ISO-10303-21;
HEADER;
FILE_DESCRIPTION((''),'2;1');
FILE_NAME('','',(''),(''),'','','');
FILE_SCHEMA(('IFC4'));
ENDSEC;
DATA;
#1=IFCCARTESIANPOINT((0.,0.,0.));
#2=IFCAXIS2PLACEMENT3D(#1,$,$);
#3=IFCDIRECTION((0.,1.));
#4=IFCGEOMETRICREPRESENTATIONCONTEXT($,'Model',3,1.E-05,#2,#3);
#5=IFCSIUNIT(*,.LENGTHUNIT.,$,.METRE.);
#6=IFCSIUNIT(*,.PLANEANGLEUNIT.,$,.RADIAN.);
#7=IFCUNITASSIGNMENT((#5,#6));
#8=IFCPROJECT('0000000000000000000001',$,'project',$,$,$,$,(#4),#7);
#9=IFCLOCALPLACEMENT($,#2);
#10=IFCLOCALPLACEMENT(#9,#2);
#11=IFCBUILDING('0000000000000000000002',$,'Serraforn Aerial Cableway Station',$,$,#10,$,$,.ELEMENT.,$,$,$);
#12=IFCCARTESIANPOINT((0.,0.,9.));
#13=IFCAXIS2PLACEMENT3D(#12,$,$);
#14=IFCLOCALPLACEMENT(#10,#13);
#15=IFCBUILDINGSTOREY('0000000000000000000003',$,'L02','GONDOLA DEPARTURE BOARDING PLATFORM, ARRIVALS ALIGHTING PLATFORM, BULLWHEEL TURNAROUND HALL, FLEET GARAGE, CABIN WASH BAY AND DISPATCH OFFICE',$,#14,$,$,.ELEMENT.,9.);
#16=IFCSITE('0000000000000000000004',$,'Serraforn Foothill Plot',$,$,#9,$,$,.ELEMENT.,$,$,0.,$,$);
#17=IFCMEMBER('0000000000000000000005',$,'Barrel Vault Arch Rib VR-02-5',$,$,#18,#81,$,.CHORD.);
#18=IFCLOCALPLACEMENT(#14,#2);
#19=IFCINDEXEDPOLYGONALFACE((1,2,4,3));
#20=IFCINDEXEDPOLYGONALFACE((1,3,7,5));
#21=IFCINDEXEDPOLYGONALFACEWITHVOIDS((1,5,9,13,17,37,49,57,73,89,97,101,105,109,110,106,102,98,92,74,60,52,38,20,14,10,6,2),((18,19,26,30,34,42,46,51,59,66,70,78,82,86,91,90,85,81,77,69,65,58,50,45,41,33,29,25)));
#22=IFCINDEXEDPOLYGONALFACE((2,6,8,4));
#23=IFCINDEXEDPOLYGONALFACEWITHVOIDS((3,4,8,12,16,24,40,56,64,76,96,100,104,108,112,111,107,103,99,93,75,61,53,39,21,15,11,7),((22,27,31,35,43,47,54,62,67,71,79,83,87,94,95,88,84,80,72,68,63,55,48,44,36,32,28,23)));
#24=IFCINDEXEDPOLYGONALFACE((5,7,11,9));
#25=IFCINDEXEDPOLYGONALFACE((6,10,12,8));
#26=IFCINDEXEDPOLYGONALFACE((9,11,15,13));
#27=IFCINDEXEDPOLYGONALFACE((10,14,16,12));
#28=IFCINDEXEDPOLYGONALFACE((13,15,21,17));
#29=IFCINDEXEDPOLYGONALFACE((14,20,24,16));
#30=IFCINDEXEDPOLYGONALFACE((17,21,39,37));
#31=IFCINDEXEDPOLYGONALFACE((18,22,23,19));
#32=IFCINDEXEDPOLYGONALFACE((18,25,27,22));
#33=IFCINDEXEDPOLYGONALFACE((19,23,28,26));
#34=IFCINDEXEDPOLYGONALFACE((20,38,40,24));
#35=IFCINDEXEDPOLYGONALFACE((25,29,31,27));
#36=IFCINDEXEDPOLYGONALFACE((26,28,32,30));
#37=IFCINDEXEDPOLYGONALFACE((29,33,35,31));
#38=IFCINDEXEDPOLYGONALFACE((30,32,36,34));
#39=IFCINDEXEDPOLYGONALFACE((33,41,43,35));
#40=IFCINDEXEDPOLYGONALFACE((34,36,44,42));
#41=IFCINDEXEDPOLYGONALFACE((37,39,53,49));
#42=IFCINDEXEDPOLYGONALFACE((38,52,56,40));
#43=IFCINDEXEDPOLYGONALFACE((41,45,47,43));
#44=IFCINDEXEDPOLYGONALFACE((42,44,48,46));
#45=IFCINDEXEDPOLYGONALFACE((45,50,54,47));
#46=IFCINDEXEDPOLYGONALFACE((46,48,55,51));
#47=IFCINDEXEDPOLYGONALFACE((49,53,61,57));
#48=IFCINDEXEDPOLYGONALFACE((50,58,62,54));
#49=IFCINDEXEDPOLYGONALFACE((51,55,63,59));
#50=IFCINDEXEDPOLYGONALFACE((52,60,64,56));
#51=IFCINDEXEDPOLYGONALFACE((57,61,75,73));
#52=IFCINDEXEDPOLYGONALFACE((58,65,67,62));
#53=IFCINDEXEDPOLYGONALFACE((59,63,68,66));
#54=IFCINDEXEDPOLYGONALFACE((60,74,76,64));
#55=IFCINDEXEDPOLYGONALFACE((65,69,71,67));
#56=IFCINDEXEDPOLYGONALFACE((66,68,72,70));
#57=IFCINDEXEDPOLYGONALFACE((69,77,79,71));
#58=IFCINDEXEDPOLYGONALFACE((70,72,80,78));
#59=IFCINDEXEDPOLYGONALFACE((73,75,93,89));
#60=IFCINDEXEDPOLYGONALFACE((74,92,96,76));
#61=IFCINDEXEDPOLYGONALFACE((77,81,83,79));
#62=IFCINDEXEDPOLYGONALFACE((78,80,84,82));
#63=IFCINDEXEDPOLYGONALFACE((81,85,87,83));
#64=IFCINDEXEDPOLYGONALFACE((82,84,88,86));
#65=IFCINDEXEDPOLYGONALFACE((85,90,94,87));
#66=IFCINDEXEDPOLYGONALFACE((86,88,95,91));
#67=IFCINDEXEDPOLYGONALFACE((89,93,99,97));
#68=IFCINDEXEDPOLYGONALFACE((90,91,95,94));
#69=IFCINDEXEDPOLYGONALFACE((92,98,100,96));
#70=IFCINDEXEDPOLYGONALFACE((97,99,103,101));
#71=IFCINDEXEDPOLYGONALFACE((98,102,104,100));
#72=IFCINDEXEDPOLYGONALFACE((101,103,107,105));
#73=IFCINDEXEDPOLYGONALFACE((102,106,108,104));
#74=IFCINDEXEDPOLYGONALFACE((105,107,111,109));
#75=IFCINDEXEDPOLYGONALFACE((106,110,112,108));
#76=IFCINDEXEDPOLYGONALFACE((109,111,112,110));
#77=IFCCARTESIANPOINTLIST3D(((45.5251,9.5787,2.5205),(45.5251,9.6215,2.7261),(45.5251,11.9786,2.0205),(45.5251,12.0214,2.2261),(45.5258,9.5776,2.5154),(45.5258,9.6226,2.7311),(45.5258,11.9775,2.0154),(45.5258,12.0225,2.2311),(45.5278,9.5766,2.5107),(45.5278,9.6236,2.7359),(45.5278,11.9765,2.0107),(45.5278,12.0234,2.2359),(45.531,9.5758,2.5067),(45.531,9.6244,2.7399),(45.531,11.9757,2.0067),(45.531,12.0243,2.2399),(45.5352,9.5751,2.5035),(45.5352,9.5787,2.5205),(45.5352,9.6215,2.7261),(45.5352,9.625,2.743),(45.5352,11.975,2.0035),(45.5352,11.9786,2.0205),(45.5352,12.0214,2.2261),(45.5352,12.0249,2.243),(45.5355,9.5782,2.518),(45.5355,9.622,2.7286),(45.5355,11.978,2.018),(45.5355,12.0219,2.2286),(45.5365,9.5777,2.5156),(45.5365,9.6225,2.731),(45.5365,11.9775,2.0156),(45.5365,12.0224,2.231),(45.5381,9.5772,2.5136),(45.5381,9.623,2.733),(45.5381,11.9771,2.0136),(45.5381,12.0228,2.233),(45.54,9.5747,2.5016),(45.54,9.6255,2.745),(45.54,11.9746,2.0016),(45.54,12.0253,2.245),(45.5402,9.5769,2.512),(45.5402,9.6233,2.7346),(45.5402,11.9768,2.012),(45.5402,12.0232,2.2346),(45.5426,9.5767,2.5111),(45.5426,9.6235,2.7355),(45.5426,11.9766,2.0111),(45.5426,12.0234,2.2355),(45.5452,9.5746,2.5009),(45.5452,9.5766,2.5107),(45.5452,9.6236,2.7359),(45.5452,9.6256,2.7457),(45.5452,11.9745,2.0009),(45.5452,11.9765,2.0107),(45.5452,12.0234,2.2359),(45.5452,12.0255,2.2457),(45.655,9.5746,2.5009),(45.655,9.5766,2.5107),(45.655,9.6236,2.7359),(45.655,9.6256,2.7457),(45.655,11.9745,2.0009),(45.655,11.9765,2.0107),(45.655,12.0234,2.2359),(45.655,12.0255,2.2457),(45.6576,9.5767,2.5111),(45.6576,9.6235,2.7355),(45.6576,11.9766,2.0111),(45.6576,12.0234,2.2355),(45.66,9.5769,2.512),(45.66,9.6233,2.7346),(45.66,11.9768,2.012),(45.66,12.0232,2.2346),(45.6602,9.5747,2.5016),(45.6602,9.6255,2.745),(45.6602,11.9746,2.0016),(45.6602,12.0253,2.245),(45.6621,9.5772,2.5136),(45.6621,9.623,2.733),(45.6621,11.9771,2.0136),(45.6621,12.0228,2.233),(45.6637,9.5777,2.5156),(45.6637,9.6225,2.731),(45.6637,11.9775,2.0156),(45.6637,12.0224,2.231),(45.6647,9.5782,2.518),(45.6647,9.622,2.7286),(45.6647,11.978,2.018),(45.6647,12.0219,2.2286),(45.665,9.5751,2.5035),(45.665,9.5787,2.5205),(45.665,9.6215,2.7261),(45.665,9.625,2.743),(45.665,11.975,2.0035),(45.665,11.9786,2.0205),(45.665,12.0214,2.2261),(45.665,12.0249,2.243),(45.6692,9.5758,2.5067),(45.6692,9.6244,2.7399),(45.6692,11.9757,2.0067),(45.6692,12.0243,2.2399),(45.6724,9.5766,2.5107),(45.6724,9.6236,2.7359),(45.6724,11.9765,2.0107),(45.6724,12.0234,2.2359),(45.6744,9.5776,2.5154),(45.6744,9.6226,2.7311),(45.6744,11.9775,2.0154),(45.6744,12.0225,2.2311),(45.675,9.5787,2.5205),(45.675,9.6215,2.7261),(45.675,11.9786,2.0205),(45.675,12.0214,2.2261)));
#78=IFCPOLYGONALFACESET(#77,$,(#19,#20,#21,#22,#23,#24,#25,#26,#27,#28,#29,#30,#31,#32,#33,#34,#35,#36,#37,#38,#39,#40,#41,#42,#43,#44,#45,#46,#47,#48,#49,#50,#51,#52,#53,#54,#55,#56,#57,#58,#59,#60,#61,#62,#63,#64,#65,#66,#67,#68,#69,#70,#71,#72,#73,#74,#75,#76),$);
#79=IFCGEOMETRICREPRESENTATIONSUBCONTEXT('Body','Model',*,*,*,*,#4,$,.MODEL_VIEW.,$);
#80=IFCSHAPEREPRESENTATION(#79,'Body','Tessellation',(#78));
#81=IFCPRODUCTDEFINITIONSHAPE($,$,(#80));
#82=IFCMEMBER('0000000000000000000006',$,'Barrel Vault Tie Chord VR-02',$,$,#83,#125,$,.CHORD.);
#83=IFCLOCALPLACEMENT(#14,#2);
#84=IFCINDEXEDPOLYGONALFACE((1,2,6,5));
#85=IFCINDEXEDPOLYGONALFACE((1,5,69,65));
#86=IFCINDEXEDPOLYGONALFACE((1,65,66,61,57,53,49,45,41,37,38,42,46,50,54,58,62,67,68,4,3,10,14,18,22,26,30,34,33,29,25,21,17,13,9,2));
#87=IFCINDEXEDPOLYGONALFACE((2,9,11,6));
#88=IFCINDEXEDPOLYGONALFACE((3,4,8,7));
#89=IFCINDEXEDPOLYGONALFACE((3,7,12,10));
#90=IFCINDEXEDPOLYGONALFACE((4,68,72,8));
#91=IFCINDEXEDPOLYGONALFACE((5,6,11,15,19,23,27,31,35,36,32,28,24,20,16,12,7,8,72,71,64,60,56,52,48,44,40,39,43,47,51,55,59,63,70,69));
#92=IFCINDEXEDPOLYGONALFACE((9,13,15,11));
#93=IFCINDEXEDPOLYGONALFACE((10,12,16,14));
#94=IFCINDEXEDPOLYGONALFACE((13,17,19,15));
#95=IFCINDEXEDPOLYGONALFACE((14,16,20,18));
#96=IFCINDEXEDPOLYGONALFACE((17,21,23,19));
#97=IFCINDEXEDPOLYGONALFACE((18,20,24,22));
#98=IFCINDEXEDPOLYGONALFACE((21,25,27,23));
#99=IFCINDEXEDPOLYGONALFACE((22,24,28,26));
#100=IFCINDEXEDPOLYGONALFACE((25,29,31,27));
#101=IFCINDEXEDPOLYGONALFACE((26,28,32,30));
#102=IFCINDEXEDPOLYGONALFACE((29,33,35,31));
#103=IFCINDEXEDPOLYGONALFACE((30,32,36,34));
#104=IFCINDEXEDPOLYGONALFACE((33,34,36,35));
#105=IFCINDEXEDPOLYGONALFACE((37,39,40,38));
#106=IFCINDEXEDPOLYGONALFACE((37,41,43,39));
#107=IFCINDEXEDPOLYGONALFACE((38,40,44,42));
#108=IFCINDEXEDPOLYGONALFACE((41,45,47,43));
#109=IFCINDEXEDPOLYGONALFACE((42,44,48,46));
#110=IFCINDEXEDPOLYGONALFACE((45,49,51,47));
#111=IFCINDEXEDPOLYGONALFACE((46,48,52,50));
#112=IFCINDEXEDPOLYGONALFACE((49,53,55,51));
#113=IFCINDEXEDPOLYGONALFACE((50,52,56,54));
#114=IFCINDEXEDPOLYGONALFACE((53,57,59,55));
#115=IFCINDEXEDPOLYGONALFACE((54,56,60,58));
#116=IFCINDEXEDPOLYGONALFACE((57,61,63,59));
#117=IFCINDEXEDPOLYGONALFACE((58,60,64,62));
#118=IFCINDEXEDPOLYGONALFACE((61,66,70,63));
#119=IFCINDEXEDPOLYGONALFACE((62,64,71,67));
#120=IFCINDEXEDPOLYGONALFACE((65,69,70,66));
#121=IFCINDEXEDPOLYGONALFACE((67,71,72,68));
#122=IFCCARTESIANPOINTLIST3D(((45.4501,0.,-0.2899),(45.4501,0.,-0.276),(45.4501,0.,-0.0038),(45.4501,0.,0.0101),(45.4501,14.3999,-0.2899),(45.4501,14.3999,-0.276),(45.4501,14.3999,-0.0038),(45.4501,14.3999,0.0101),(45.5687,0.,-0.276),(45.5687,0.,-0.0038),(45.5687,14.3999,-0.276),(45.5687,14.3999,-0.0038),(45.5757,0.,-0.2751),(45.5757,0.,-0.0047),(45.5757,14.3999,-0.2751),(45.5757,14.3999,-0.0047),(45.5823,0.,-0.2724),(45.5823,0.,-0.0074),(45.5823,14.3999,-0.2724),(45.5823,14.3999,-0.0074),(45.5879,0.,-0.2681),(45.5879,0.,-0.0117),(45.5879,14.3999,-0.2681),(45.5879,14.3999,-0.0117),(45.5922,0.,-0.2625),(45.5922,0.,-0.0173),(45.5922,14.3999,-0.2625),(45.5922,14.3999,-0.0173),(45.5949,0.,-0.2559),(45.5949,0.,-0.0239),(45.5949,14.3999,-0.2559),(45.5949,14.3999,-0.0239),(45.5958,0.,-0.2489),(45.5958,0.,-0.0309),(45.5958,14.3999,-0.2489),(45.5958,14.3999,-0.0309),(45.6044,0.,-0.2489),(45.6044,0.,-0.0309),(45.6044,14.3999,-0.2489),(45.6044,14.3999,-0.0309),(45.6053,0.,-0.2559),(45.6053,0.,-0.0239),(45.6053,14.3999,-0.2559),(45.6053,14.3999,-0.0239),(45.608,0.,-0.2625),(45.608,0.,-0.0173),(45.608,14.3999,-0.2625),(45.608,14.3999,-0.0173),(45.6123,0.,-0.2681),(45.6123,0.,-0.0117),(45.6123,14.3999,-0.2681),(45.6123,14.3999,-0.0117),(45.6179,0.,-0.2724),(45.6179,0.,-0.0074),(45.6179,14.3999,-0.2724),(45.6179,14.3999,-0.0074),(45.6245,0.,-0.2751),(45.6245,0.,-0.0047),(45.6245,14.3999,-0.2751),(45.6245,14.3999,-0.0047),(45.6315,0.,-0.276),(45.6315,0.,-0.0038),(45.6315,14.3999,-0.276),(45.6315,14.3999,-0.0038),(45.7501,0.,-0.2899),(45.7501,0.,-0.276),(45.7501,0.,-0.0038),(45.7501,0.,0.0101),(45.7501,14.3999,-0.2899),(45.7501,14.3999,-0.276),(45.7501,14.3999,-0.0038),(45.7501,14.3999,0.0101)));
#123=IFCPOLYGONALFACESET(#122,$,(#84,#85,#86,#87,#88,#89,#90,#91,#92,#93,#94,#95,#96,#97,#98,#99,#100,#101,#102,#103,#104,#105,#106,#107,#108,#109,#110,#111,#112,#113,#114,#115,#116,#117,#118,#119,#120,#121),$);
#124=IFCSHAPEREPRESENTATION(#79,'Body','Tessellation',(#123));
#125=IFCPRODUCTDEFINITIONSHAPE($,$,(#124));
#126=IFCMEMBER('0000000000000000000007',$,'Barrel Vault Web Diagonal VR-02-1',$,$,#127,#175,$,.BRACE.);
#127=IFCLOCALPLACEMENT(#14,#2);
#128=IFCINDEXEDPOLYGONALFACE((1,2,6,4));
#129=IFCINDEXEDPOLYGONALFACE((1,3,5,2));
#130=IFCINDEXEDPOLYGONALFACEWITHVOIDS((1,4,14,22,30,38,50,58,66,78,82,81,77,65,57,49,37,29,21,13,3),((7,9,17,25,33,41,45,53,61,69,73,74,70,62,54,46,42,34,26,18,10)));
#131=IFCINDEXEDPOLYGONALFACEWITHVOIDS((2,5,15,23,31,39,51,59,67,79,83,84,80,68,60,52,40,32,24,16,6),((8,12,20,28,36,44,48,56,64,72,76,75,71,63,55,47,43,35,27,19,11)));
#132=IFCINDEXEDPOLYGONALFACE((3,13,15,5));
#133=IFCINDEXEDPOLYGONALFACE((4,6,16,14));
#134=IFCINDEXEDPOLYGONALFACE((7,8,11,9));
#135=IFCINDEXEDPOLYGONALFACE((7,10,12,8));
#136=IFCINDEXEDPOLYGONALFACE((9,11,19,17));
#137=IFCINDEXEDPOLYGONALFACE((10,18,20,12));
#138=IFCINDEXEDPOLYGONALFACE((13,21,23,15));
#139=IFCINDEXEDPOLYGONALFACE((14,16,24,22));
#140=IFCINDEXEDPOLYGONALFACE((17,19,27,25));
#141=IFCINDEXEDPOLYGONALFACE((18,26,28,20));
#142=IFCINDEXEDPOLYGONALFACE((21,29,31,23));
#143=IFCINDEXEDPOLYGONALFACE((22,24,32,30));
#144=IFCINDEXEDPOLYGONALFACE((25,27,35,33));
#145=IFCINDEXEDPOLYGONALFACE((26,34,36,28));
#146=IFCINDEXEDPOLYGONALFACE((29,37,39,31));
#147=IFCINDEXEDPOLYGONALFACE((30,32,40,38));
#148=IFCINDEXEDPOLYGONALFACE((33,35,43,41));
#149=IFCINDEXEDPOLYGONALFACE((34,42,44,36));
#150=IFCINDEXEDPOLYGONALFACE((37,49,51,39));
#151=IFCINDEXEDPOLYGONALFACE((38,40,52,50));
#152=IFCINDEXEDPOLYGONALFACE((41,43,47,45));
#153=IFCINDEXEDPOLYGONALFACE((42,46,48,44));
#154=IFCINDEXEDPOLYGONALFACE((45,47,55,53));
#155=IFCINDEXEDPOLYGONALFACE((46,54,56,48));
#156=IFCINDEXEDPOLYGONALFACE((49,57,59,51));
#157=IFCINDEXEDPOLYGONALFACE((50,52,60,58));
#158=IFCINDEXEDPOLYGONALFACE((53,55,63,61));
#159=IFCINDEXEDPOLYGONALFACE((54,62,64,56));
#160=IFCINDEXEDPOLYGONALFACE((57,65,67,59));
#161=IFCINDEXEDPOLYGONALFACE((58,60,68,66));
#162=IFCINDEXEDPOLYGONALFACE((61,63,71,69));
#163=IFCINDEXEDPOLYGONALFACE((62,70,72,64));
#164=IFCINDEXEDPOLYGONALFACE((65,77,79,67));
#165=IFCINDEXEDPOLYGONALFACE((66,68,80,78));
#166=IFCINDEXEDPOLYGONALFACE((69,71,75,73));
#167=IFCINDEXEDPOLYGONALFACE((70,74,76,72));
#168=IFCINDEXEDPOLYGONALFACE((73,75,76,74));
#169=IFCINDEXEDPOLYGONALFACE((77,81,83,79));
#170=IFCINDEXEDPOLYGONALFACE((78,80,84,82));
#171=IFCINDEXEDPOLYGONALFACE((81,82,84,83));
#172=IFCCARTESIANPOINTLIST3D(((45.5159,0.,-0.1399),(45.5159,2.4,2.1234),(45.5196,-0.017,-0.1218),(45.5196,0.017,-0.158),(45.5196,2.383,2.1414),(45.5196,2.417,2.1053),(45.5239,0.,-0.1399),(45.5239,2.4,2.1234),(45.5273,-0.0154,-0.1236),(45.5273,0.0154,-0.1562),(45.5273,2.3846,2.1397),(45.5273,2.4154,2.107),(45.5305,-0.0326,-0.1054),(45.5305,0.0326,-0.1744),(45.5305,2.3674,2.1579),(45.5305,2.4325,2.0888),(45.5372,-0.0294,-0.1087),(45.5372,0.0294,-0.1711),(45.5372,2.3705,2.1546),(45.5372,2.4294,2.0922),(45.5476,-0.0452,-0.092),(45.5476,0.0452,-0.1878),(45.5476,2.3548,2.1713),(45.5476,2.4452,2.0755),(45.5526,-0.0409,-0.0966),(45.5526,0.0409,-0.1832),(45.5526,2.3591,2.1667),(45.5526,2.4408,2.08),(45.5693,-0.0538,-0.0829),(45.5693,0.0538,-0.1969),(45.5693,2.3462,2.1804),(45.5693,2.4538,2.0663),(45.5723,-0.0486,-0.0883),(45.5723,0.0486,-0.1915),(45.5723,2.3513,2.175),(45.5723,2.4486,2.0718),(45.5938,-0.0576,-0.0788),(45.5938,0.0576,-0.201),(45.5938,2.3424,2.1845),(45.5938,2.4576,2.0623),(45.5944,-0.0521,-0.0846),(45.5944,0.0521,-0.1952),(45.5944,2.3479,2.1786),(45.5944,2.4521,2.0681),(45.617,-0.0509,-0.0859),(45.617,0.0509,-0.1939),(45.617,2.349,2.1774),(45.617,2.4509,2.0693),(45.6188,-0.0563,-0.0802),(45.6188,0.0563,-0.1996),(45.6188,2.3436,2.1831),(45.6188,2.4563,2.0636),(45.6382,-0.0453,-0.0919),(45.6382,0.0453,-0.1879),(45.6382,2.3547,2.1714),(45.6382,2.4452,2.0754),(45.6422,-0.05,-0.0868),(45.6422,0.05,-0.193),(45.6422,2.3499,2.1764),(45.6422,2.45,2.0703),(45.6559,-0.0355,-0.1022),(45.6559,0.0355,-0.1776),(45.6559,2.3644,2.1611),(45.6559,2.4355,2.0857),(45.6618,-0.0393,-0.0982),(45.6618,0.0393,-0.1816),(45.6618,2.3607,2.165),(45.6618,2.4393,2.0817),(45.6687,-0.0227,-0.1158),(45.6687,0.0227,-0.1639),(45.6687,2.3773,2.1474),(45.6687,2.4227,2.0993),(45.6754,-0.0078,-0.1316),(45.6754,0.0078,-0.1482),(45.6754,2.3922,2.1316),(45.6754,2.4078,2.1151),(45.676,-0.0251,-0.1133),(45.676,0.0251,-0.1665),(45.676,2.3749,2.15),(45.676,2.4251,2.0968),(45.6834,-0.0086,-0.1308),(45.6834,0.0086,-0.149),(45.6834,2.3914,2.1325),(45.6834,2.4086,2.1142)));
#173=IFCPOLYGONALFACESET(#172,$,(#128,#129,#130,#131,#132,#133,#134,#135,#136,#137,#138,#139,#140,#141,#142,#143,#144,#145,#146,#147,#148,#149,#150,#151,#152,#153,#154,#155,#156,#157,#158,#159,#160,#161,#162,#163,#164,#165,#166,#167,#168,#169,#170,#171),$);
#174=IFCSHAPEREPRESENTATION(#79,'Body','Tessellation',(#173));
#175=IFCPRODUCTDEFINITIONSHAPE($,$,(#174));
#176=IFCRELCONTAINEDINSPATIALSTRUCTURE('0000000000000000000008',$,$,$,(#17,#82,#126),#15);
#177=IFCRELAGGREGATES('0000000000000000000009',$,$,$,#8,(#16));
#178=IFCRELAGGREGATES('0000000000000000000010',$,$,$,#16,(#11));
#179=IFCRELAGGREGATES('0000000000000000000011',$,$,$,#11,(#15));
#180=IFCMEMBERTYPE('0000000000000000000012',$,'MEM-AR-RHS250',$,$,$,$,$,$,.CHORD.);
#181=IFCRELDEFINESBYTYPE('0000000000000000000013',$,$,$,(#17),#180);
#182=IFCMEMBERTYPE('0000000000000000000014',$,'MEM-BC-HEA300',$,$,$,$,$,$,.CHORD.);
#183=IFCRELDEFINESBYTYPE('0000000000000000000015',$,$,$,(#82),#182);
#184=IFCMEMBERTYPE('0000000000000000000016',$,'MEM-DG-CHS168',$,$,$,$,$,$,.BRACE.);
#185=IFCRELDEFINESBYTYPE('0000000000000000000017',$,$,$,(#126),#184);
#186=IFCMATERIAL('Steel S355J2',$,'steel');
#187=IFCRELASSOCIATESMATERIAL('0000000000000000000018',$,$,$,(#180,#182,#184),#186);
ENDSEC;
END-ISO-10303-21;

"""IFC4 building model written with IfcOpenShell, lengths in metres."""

from ifc_helpers import new_model, si_unit, direction, frame, origin, origin_2d, place, context, subcontext, project, spatial, hollow_rectangle, hollow_circle, i_section, extrude, material, material_profile, profile_set, type_object, element, save


model = new_model("IFC4")

# Units and contexts
model_context = context("Model", 3, precision=1e-05, world=origin(), true_north=direction((0.0, 1.0)))
body_context = subcontext(model_context, "Body", "Model", "MODEL_VIEW")
ifc_project = project(units=[si_unit("LENGTHUNIT", "METRE"), si_unit("PLANEANGLEUNIT", "RADIAN")], contexts=[model_context])

# Site, building, storey
site_placement = place(None, origin())
site = spatial("IfcSite", under=ifc_project, at=site_placement, Name="Serraforn Foothill Plot", CompositionType="ELEMENT", RefElevation=0.0)
building_placement = place(site_placement, origin())
building = spatial("IfcBuilding", under=site, at=building_placement, Name="Serraforn Aerial Cableway Station", CompositionType="ELEMENT")
storey_placement = place(building_placement, frame((0.0, 0.0, 9.0)))
storey = spatial("IfcBuildingStorey", under=building, at=storey_placement, Name="L02", Description="GONDOLA DEPARTURE BOARDING PLATFORM, ARRIVALS ALIGHTING PLATFORM, BULLWHEEL TURNAROUND HALL, FLEET GARAGE, CABIN WASH BAY AND DISPATCH OFFICE", CompositionType="ELEMENT", Elevation=9.0)

# Members
ifc_material_1 = material(Name="Steel S355J2", Category="steel")
ifc_material_profile_1 = material_profile(ifc_material_1, hollow_rectangle(XDim=0.1499, YDim=0.25, WallThickness=0.01, InnerFilletRadius=0.01, OuterFilletRadius=0.02, at=origin_2d()), Name="RHS 250x150x10.0")
ifc_profile_set_1 = profile_set([ifc_material_profile_1], Name="Steel S355J2")
member_type_1 = type_object("IfcMemberType", Name="MEM-AR-RHS250", PredefinedType="CHORD", material=ifc_profile_set_1)
member_1_placement = place(storey_placement, frame((45.6001, 9.6001, 2.6233), z_axis=(0.0, 0.978979, -0.203962), x_axis=(-1.0, 0.0, 0.0)))
element("IfcMember", 1, at=member_1_placement, inside=storey, type_object=member_type_1, Name="Barrel Vault Arch Rib VR-02-5", PredefinedType="CHORD", context=body_context, shape_type="SweptSolid", body=[
    extrude(hollow_rectangle(XDim=0.1499, YDim=0.25, WallThickness=0.01, InnerFilletRadius=0.01, OuterFilletRadius=0.02, at=origin_2d()), origin(), (0.0, 0.0, 1.0), 2.4514),
])
ifc_material_profile_2 = material_profile(ifc_material_1, i_section(OverallWidth=0.3, OverallDepth=0.3, WebThickness=0.0085, FlangeThickness=0.0139, FilletRadius=0.0271, at=origin_2d()), Name="HEA 300")
ifc_profile_set_2 = profile_set([ifc_material_profile_2], Name="Steel S355J2")
member_type_2 = type_object("IfcMemberType", Name="MEM-BC-HEA300", PredefinedType="CHORD", material=ifc_profile_set_2)
member_2_placement = place(storey_placement, frame((45.6001, 0.0, -0.1399), z_axis=(0.0, 1.0, 0.0), x_axis=(-1.0, 0.0, 0.0)))
element("IfcMember", 2, at=member_2_placement, inside=storey, type_object=member_type_2, Name="Barrel Vault Tie Chord VR-02", PredefinedType="CHORD", context=body_context, shape_type="SweptSolid", body=[
    extrude(i_section(OverallWidth=0.3, OverallDepth=0.3, WebThickness=0.0085, FlangeThickness=0.0139, FilletRadius=0.0271, at=origin_2d()), origin(), (0.0, 0.0, 1.0), 14.3999),
])
ifc_material_profile_3 = material_profile(ifc_material_1, hollow_circle(Radius=0.0842, WallThickness=0.0081, at=origin_2d()), Name="CHS 168.3x8.0")
ifc_profile_set_3 = profile_set([ifc_material_profile_3], Name="Steel S355J2")
member_type_3 = type_object("IfcMemberType", Name="MEM-DG-CHS168", PredefinedType="BRACE", material=ifc_profile_set_3)
member_3_placement = place(storey_placement, frame((45.6001, 0.0, -0.1399), z_axis=(0.0, 0.727526, 0.68608), x_axis=(-1.0, 0.0, 0.0)))
element("IfcMember", 3, at=member_3_placement, inside=storey, type_object=member_type_3, Name="Barrel Vault Web Diagonal VR-02-1", PredefinedType="BRACE", context=body_context, shape_type="SweptSolid", body=[
    extrude(hollow_circle(Radius=0.0842, WallThickness=0.0081, at=origin_2d()), origin(), (0.0, 0.0, 1.0), 3.2988),
])

save(model, "model.ifc")
